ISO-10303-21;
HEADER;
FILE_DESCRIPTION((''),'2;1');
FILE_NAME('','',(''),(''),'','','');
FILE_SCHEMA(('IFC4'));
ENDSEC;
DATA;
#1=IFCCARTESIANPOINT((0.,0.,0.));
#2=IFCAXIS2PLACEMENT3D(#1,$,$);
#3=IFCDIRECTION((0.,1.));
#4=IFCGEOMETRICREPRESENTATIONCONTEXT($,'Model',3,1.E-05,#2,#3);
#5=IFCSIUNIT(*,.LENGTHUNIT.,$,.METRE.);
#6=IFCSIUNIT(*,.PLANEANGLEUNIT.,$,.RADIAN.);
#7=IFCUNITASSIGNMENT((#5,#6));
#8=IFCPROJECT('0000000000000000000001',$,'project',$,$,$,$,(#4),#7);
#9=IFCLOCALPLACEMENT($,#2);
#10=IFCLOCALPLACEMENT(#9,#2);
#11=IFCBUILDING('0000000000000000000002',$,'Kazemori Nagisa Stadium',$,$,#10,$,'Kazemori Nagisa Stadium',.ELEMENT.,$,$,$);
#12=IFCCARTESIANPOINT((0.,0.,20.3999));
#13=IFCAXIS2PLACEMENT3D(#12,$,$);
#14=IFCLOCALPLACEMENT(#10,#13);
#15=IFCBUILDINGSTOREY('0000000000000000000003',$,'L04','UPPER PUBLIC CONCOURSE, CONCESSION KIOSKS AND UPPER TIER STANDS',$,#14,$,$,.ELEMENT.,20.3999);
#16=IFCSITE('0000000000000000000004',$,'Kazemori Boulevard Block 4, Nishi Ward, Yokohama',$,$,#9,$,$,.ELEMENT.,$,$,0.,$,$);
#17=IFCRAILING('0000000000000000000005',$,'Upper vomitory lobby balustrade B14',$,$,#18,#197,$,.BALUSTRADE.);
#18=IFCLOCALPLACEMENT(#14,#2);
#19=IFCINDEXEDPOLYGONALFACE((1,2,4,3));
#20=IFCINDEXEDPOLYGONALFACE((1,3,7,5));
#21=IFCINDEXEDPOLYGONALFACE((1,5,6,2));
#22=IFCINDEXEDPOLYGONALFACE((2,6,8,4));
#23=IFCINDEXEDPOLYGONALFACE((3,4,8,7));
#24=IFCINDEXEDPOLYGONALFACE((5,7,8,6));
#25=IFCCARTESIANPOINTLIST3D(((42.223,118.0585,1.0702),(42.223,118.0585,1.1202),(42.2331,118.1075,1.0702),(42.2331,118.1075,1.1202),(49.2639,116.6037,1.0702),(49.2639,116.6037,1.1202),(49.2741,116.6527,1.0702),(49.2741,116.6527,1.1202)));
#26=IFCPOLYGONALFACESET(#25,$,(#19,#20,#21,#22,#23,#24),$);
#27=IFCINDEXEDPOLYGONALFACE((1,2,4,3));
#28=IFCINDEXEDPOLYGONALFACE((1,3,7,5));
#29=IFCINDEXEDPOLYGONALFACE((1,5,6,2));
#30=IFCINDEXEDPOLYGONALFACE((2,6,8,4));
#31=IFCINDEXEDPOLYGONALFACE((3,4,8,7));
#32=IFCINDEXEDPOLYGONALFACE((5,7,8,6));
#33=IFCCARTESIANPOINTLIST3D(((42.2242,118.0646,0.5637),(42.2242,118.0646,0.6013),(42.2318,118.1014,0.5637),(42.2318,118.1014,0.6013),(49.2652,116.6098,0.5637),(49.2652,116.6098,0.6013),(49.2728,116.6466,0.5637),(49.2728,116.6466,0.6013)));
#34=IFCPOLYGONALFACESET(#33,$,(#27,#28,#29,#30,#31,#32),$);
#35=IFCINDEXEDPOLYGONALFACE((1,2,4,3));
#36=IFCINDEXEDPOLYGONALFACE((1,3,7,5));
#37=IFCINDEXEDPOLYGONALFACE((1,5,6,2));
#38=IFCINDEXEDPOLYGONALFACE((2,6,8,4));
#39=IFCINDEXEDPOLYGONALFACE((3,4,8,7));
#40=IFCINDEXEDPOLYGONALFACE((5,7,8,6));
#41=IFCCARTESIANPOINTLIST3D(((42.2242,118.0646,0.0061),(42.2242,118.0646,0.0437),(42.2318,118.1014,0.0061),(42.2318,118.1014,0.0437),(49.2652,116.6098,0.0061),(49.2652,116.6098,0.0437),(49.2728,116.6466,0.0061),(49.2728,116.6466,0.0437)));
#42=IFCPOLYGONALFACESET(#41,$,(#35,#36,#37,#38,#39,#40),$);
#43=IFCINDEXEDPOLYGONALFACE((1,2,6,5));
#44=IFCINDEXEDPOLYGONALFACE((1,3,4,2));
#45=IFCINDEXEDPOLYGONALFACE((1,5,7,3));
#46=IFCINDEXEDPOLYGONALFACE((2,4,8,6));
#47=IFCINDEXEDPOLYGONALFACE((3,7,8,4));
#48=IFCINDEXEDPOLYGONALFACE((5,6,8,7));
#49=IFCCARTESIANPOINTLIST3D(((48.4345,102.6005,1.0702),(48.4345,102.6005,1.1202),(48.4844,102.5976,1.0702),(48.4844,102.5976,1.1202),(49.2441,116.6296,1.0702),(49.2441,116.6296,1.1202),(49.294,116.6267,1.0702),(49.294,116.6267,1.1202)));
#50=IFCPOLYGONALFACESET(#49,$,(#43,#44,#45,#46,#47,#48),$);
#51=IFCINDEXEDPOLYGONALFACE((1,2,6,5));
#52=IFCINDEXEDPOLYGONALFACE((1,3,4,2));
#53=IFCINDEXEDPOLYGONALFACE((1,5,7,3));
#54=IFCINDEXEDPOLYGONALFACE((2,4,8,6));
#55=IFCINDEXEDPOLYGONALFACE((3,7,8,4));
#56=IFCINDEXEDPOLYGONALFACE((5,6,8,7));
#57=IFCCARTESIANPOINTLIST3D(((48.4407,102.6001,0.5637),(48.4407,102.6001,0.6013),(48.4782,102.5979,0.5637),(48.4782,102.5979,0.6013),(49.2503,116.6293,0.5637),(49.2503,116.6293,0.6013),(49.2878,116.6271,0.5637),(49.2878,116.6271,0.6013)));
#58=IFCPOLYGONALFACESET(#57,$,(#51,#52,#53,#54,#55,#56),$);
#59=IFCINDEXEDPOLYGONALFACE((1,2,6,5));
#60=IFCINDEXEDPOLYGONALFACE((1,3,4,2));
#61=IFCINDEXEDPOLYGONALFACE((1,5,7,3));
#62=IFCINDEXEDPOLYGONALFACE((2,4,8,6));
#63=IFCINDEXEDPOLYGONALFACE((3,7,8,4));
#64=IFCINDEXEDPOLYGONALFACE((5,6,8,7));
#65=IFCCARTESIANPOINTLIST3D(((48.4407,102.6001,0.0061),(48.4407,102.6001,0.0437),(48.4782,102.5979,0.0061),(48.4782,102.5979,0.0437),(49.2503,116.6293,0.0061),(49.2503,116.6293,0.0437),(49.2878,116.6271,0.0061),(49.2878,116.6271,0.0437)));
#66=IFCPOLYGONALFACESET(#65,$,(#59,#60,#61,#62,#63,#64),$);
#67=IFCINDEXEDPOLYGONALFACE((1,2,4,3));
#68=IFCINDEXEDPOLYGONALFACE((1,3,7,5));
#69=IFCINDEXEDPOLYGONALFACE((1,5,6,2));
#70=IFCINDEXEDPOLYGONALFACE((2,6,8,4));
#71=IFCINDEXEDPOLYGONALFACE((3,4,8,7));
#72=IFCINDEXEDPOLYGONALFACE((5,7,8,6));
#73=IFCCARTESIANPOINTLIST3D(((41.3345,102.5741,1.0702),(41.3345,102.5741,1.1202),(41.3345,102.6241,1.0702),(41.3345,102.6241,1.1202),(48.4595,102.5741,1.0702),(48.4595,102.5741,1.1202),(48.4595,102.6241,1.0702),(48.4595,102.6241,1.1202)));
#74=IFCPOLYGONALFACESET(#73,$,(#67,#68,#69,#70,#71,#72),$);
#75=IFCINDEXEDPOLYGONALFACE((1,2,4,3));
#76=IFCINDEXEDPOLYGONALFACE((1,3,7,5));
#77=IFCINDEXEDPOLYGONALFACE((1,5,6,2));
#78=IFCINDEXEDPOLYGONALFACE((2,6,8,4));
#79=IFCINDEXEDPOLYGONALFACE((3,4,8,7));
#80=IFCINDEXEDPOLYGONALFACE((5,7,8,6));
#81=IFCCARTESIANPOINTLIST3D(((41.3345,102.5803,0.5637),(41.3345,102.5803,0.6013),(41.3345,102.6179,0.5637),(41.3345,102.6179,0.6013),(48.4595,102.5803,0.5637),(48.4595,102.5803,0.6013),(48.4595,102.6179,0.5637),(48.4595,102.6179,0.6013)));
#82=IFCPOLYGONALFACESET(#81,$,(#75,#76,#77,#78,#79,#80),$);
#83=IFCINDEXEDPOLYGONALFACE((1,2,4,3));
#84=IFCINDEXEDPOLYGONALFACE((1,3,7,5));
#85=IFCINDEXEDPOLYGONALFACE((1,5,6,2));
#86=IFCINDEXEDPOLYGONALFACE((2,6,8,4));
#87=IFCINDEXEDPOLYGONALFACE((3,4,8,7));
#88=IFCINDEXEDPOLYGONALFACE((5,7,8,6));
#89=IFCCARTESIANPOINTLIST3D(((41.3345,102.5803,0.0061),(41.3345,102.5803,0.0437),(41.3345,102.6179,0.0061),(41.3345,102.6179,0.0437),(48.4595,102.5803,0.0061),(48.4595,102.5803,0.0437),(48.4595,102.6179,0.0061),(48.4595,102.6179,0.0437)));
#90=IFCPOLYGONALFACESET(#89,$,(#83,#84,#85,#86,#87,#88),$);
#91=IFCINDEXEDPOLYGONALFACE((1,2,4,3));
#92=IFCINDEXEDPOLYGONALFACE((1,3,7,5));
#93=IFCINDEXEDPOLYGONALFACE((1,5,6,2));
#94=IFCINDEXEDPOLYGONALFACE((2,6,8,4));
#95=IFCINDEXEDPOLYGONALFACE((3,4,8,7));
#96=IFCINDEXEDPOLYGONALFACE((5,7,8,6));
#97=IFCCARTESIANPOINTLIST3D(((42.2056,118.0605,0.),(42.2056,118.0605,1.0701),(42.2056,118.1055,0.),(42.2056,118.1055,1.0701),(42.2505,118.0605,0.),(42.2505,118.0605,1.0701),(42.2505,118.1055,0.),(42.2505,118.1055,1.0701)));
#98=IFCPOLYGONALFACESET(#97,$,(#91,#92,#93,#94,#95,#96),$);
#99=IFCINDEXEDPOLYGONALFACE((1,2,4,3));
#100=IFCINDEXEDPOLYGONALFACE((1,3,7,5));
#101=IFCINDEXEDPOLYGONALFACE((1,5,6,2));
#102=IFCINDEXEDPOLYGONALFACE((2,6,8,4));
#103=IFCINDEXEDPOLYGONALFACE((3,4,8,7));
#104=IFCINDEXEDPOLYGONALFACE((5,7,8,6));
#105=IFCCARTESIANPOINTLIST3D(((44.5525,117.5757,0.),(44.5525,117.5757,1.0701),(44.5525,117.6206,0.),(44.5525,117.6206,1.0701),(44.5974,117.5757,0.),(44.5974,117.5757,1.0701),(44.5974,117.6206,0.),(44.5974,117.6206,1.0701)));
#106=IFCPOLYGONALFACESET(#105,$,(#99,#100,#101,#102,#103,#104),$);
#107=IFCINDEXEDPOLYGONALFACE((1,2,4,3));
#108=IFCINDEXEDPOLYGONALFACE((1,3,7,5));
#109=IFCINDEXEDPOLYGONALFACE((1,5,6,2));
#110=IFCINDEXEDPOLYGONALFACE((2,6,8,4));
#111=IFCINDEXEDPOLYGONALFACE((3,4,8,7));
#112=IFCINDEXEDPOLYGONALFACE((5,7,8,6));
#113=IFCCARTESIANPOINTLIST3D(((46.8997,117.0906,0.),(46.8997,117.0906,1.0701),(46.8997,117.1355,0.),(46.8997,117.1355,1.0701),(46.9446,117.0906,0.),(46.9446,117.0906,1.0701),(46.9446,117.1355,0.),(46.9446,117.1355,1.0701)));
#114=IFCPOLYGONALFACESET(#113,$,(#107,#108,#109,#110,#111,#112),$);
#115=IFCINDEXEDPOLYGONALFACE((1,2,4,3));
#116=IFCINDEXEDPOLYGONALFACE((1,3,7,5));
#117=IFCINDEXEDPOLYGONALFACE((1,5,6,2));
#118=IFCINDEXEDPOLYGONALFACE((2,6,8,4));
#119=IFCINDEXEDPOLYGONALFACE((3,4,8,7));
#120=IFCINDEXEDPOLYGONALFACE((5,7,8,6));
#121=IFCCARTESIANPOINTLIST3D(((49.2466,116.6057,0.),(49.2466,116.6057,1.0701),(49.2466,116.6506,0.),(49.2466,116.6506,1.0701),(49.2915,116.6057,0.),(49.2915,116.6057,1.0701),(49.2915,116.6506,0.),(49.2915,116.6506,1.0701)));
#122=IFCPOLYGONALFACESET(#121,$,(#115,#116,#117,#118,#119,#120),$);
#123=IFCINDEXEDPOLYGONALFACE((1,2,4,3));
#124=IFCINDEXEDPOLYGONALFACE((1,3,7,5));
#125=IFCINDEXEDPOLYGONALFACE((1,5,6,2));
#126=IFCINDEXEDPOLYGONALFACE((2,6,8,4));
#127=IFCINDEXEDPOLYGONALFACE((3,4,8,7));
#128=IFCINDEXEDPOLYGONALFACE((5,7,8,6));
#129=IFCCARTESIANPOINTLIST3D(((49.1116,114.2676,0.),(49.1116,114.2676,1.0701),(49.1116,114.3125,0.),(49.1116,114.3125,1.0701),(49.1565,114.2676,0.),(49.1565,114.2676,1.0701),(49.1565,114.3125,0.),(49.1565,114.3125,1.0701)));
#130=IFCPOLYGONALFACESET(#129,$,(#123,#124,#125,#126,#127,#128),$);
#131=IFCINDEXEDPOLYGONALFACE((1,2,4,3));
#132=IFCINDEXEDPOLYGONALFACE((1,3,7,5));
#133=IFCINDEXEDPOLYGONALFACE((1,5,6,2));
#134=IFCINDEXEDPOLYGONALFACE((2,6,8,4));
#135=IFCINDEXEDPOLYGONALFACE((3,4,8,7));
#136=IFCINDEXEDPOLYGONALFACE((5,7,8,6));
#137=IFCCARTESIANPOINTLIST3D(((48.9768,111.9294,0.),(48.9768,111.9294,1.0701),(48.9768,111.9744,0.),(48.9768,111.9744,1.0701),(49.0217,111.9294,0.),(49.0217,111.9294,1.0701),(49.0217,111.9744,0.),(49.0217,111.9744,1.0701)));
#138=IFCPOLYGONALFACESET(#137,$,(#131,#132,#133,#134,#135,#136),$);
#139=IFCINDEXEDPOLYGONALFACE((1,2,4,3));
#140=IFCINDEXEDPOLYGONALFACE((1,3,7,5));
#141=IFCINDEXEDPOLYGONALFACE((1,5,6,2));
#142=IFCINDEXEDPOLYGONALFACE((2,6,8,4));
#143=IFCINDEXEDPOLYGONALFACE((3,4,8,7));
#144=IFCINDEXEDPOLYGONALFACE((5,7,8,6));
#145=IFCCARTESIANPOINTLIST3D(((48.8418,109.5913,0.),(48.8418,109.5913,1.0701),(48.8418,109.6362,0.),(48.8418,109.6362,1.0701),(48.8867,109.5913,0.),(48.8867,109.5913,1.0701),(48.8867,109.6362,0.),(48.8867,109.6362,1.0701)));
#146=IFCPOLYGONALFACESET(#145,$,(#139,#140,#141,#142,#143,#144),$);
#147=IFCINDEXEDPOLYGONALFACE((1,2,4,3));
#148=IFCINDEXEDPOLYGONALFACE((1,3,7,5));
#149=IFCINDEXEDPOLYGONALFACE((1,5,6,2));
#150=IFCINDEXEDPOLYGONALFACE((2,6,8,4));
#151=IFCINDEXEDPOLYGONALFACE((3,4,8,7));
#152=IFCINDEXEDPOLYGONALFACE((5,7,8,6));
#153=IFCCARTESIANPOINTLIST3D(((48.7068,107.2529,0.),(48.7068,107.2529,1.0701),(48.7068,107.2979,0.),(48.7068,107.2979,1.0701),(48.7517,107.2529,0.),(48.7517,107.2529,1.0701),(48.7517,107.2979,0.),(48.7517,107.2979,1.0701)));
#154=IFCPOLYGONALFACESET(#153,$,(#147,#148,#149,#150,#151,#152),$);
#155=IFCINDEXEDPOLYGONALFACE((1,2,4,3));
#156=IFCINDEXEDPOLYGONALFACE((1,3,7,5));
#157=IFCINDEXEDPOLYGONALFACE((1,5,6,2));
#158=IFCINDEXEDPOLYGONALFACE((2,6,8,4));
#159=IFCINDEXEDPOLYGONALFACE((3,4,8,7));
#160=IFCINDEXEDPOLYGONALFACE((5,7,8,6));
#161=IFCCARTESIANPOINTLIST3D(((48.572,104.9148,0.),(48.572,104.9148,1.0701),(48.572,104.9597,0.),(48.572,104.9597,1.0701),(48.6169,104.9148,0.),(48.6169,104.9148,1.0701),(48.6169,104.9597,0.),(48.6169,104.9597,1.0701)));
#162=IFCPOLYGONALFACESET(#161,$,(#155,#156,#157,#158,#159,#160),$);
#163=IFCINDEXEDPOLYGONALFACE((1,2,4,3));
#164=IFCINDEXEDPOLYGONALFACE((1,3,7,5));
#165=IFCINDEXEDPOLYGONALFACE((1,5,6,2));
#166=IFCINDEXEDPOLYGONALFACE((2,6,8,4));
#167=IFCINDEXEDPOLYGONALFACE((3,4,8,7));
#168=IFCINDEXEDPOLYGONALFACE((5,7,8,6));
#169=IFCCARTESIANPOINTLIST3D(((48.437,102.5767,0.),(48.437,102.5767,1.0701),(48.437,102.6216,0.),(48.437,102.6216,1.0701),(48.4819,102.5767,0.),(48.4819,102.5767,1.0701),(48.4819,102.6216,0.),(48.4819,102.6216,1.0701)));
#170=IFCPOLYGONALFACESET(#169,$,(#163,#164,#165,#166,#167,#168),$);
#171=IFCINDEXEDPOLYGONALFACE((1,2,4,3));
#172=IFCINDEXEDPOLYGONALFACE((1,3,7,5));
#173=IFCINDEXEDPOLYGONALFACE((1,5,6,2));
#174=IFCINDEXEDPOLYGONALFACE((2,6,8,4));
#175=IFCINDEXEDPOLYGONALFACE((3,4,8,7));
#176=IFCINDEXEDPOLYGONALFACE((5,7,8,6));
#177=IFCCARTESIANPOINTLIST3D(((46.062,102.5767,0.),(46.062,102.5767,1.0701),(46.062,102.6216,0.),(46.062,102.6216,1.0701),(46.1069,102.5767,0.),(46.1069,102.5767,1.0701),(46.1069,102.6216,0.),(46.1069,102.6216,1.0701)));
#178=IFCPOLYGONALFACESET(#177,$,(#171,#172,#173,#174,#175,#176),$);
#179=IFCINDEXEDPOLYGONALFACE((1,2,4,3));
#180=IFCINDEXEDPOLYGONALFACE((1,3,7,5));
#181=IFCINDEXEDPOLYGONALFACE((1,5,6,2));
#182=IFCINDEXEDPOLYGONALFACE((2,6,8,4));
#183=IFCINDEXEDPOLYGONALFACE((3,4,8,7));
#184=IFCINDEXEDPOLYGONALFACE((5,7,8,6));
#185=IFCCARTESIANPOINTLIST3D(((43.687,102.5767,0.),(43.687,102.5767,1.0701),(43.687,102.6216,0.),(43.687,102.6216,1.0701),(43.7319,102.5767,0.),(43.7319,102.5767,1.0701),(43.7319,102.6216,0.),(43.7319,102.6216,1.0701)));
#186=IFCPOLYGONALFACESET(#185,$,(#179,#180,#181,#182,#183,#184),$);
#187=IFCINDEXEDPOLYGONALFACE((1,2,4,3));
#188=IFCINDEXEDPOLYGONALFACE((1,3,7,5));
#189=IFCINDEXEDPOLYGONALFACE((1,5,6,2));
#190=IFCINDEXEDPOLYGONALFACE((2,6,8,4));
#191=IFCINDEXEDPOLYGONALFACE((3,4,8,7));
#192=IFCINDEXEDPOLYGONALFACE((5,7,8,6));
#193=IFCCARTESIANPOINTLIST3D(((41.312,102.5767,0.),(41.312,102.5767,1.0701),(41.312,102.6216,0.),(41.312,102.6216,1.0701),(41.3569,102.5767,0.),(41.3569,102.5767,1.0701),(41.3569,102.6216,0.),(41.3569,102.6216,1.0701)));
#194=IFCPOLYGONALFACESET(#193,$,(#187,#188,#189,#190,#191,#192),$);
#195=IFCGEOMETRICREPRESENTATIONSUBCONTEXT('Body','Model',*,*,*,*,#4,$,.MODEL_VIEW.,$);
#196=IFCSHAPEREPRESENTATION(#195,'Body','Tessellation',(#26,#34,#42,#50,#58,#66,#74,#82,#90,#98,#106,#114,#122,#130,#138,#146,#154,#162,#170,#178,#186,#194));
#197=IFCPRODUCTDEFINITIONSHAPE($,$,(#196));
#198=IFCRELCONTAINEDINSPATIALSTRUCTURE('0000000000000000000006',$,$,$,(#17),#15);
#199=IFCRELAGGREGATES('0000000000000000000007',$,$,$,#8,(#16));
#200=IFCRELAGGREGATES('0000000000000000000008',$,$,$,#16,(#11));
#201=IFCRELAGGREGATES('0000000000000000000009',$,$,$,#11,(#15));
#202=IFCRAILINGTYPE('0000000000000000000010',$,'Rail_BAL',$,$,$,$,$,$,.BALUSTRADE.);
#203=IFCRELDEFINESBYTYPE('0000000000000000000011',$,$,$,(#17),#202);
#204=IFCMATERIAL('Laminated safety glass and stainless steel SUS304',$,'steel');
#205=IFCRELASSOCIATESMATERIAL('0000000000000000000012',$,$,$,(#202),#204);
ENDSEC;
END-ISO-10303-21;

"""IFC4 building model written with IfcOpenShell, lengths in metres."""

from ifc_helpers import new_model, si_unit, direction, frame, origin, origin_2d, place, context, subcontext, project, spatial, rectangle, extrude, material, type_object, element, save


model = new_model("IFC4")

# Units and contexts
model_context = context("Model", 3, precision=1e-05, world=origin(), true_north=direction((0.0, 1.0)))
body_context = subcontext(model_context, "Body", "Model", "MODEL_VIEW")
ifc_project = project(units=[si_unit("LENGTHUNIT", "METRE"), si_unit("PLANEANGLEUNIT", "RADIAN")], contexts=[model_context])

# Site, building, storey
site_placement = place(None, origin())
site = spatial("IfcSite", under=ifc_project, at=site_placement, Name="Kazemori Boulevard Block 4, Nishi Ward, Yokohama", CompositionType="ELEMENT", RefElevation=0.0)
building_placement = place(site_placement, origin())
building = spatial("IfcBuilding", under=site, at=building_placement, Name="Kazemori Nagisa Stadium", LongName="Kazemori Nagisa Stadium", CompositionType="ELEMENT")
storey_placement = place(building_placement, frame((0.0, 0.0, 20.3999)))
storey = spatial("IfcBuildingStorey", under=building, at=storey_placement, Name="L04", Description="UPPER PUBLIC CONCOURSE, CONCESSION KIOSKS AND UPPER TIER STANDS", CompositionType="ELEMENT", Elevation=20.3999)

# Railing
ifc_material_1 = material(Name="Laminated safety glass and stainless steel SUS304", Category="steel")
railing_type_1 = type_object("IfcRailingType", Name="Rail_BAL", PredefinedType="BALUSTRADE", material=ifc_material_1)
railing_1_placement = place(storey_placement, frame((42.228, 118.083, 0.0)))
element("IfcRailing", 1, at=railing_1_placement, inside=storey, type_object=railing_type_1, Name="Upper vomitory lobby balustrade B14", PredefinedType="BALUSTRADE", context=body_context, shape_type="SweptSolid", body=[
    extrude(rectangle(XDim=0.05, YDim=0.05, at=origin_2d()), frame((0.0, 0.0, 1.0952), z_axis=(0.979314, -0.202348, 0.0), x_axis=(0.202348, 0.979314, 0.0)), (0.0, 0.0, 1.0), 7.1897),
    extrude(rectangle(XDim=0.0376, YDim=0.0376, at=origin_2d()), frame((0.0, 0.0, 0.5825), z_axis=(0.979314, -0.202348, 0.0), x_axis=(0.202348, 0.979314, 0.0)), (0.0, 0.0, 1.0), 7.1897),
    extrude(rectangle(XDim=0.0376, YDim=0.0376, at=origin_2d()), frame((0.0, 0.0, 0.0249), z_axis=(0.979314, -0.202348, 0.0), x_axis=(0.202348, 0.979314, 0.0)), (0.0, 0.0, 1.0), 7.1897),
    extrude(rectangle(XDim=0.05, YDim=0.05, at=origin_2d()), frame((7.041, -1.4548, 1.0952), z_axis=(-0.057611, -0.998339, 0.0), x_axis=(0.998339, -0.057611, 0.0)), (0.0, 0.0, 1.0), 14.0525),
    extrude(rectangle(XDim=0.0376, YDim=0.0376, at=origin_2d()), frame((7.041, -1.4548, 0.5825), z_axis=(-0.057611, -0.998339, 0.0), x_axis=(0.998339, -0.057611, 0.0)), (0.0, 0.0, 1.0), 14.0525),
    extrude(rectangle(XDim=0.0376, YDim=0.0376, at=origin_2d()), frame((7.041, -1.4548, 0.0249), z_axis=(-0.057611, -0.998339, 0.0), x_axis=(0.998339, -0.057611, 0.0)), (0.0, 0.0, 1.0), 14.0525),
    extrude(rectangle(XDim=0.05, YDim=0.05, at=origin_2d()), frame((6.2314, -15.4839, 1.0952), z_axis=(-1.0, 0.0, 0.0), x_axis=(0.0, -1.0, 0.0)), (0.0, 0.0, 1.0), 7.125),
    extrude(rectangle(XDim=0.0376, YDim=0.0376, at=origin_2d()), frame((6.2314, -15.4839, 0.5825), z_axis=(-1.0, 0.0, 0.0), x_axis=(0.0, -1.0, 0.0)), (0.0, 0.0, 1.0), 7.125),
    extrude(rectangle(XDim=0.0376, YDim=0.0376, at=origin_2d()), frame((6.2314, -15.4839, 0.0249), z_axis=(-1.0, 0.0, 0.0), x_axis=(0.0, -1.0, 0.0)), (0.0, 0.0, 1.0), 7.125),
    extrude(rectangle(XDim=0.0449, YDim=0.0449, at=origin_2d()), origin(), (0.0, 0.0, 1.0), 1.0701),
    extrude(rectangle(XDim=0.0449, YDim=0.0449, at=origin_2d()), frame((2.3469, -0.4849, 0.0)), (0.0, 0.0, 1.0), 1.0701),
    extrude(rectangle(XDim=0.0449, YDim=0.0449, at=origin_2d()), frame((4.6941, -0.97, 0.0)), (0.0, 0.0, 1.0), 1.0701),
    extrude(rectangle(XDim=0.0449, YDim=0.0449, at=origin_2d()), frame((7.041, -1.4548, 0.0)), (0.0, 0.0, 1.0), 1.0701),
    extrude(rectangle(XDim=0.0449, YDim=0.0449, at=origin_2d()), frame((6.906, -3.793, 0.0)), (0.0, 0.0, 1.0), 1.0701),
    extrude(rectangle(XDim=0.0449, YDim=0.0449, at=origin_2d()), frame((6.7712, -6.1311, 0.0)), (0.0, 0.0, 1.0), 1.0701),
    extrude(rectangle(XDim=0.0449, YDim=0.0449, at=origin_2d()), frame((6.6362, -8.4692, 0.0)), (0.0, 0.0, 1.0), 1.0701),
    extrude(rectangle(XDim=0.0449, YDim=0.0449, at=origin_2d()), frame((6.5012, -10.8076, 0.0)), (0.0, 0.0, 1.0), 1.0701),
    extrude(rectangle(XDim=0.0449, YDim=0.0449, at=origin_2d()), frame((6.3665, -13.1458, 0.0)), (0.0, 0.0, 1.0), 1.0701),
    extrude(rectangle(XDim=0.0449, YDim=0.0449, at=origin_2d()), frame((6.2314, -15.4839, 0.0)), (0.0, 0.0, 1.0), 1.0701),
    extrude(rectangle(XDim=0.0449, YDim=0.0449, at=origin_2d()), frame((3.8564, -15.4839, 0.0)), (0.0, 0.0, 1.0), 1.0701),
    extrude(rectangle(XDim=0.0449, YDim=0.0449, at=origin_2d()), frame((1.4814, -15.4839, 0.0)), (0.0, 0.0, 1.0), 1.0701),
    extrude(rectangle(XDim=0.0449, YDim=0.0449, at=origin_2d()), frame((-0.8936, -15.4839, 0.0)), (0.0, 0.0, 1.0), 1.0701),
])

save(model, "model.ifc")
